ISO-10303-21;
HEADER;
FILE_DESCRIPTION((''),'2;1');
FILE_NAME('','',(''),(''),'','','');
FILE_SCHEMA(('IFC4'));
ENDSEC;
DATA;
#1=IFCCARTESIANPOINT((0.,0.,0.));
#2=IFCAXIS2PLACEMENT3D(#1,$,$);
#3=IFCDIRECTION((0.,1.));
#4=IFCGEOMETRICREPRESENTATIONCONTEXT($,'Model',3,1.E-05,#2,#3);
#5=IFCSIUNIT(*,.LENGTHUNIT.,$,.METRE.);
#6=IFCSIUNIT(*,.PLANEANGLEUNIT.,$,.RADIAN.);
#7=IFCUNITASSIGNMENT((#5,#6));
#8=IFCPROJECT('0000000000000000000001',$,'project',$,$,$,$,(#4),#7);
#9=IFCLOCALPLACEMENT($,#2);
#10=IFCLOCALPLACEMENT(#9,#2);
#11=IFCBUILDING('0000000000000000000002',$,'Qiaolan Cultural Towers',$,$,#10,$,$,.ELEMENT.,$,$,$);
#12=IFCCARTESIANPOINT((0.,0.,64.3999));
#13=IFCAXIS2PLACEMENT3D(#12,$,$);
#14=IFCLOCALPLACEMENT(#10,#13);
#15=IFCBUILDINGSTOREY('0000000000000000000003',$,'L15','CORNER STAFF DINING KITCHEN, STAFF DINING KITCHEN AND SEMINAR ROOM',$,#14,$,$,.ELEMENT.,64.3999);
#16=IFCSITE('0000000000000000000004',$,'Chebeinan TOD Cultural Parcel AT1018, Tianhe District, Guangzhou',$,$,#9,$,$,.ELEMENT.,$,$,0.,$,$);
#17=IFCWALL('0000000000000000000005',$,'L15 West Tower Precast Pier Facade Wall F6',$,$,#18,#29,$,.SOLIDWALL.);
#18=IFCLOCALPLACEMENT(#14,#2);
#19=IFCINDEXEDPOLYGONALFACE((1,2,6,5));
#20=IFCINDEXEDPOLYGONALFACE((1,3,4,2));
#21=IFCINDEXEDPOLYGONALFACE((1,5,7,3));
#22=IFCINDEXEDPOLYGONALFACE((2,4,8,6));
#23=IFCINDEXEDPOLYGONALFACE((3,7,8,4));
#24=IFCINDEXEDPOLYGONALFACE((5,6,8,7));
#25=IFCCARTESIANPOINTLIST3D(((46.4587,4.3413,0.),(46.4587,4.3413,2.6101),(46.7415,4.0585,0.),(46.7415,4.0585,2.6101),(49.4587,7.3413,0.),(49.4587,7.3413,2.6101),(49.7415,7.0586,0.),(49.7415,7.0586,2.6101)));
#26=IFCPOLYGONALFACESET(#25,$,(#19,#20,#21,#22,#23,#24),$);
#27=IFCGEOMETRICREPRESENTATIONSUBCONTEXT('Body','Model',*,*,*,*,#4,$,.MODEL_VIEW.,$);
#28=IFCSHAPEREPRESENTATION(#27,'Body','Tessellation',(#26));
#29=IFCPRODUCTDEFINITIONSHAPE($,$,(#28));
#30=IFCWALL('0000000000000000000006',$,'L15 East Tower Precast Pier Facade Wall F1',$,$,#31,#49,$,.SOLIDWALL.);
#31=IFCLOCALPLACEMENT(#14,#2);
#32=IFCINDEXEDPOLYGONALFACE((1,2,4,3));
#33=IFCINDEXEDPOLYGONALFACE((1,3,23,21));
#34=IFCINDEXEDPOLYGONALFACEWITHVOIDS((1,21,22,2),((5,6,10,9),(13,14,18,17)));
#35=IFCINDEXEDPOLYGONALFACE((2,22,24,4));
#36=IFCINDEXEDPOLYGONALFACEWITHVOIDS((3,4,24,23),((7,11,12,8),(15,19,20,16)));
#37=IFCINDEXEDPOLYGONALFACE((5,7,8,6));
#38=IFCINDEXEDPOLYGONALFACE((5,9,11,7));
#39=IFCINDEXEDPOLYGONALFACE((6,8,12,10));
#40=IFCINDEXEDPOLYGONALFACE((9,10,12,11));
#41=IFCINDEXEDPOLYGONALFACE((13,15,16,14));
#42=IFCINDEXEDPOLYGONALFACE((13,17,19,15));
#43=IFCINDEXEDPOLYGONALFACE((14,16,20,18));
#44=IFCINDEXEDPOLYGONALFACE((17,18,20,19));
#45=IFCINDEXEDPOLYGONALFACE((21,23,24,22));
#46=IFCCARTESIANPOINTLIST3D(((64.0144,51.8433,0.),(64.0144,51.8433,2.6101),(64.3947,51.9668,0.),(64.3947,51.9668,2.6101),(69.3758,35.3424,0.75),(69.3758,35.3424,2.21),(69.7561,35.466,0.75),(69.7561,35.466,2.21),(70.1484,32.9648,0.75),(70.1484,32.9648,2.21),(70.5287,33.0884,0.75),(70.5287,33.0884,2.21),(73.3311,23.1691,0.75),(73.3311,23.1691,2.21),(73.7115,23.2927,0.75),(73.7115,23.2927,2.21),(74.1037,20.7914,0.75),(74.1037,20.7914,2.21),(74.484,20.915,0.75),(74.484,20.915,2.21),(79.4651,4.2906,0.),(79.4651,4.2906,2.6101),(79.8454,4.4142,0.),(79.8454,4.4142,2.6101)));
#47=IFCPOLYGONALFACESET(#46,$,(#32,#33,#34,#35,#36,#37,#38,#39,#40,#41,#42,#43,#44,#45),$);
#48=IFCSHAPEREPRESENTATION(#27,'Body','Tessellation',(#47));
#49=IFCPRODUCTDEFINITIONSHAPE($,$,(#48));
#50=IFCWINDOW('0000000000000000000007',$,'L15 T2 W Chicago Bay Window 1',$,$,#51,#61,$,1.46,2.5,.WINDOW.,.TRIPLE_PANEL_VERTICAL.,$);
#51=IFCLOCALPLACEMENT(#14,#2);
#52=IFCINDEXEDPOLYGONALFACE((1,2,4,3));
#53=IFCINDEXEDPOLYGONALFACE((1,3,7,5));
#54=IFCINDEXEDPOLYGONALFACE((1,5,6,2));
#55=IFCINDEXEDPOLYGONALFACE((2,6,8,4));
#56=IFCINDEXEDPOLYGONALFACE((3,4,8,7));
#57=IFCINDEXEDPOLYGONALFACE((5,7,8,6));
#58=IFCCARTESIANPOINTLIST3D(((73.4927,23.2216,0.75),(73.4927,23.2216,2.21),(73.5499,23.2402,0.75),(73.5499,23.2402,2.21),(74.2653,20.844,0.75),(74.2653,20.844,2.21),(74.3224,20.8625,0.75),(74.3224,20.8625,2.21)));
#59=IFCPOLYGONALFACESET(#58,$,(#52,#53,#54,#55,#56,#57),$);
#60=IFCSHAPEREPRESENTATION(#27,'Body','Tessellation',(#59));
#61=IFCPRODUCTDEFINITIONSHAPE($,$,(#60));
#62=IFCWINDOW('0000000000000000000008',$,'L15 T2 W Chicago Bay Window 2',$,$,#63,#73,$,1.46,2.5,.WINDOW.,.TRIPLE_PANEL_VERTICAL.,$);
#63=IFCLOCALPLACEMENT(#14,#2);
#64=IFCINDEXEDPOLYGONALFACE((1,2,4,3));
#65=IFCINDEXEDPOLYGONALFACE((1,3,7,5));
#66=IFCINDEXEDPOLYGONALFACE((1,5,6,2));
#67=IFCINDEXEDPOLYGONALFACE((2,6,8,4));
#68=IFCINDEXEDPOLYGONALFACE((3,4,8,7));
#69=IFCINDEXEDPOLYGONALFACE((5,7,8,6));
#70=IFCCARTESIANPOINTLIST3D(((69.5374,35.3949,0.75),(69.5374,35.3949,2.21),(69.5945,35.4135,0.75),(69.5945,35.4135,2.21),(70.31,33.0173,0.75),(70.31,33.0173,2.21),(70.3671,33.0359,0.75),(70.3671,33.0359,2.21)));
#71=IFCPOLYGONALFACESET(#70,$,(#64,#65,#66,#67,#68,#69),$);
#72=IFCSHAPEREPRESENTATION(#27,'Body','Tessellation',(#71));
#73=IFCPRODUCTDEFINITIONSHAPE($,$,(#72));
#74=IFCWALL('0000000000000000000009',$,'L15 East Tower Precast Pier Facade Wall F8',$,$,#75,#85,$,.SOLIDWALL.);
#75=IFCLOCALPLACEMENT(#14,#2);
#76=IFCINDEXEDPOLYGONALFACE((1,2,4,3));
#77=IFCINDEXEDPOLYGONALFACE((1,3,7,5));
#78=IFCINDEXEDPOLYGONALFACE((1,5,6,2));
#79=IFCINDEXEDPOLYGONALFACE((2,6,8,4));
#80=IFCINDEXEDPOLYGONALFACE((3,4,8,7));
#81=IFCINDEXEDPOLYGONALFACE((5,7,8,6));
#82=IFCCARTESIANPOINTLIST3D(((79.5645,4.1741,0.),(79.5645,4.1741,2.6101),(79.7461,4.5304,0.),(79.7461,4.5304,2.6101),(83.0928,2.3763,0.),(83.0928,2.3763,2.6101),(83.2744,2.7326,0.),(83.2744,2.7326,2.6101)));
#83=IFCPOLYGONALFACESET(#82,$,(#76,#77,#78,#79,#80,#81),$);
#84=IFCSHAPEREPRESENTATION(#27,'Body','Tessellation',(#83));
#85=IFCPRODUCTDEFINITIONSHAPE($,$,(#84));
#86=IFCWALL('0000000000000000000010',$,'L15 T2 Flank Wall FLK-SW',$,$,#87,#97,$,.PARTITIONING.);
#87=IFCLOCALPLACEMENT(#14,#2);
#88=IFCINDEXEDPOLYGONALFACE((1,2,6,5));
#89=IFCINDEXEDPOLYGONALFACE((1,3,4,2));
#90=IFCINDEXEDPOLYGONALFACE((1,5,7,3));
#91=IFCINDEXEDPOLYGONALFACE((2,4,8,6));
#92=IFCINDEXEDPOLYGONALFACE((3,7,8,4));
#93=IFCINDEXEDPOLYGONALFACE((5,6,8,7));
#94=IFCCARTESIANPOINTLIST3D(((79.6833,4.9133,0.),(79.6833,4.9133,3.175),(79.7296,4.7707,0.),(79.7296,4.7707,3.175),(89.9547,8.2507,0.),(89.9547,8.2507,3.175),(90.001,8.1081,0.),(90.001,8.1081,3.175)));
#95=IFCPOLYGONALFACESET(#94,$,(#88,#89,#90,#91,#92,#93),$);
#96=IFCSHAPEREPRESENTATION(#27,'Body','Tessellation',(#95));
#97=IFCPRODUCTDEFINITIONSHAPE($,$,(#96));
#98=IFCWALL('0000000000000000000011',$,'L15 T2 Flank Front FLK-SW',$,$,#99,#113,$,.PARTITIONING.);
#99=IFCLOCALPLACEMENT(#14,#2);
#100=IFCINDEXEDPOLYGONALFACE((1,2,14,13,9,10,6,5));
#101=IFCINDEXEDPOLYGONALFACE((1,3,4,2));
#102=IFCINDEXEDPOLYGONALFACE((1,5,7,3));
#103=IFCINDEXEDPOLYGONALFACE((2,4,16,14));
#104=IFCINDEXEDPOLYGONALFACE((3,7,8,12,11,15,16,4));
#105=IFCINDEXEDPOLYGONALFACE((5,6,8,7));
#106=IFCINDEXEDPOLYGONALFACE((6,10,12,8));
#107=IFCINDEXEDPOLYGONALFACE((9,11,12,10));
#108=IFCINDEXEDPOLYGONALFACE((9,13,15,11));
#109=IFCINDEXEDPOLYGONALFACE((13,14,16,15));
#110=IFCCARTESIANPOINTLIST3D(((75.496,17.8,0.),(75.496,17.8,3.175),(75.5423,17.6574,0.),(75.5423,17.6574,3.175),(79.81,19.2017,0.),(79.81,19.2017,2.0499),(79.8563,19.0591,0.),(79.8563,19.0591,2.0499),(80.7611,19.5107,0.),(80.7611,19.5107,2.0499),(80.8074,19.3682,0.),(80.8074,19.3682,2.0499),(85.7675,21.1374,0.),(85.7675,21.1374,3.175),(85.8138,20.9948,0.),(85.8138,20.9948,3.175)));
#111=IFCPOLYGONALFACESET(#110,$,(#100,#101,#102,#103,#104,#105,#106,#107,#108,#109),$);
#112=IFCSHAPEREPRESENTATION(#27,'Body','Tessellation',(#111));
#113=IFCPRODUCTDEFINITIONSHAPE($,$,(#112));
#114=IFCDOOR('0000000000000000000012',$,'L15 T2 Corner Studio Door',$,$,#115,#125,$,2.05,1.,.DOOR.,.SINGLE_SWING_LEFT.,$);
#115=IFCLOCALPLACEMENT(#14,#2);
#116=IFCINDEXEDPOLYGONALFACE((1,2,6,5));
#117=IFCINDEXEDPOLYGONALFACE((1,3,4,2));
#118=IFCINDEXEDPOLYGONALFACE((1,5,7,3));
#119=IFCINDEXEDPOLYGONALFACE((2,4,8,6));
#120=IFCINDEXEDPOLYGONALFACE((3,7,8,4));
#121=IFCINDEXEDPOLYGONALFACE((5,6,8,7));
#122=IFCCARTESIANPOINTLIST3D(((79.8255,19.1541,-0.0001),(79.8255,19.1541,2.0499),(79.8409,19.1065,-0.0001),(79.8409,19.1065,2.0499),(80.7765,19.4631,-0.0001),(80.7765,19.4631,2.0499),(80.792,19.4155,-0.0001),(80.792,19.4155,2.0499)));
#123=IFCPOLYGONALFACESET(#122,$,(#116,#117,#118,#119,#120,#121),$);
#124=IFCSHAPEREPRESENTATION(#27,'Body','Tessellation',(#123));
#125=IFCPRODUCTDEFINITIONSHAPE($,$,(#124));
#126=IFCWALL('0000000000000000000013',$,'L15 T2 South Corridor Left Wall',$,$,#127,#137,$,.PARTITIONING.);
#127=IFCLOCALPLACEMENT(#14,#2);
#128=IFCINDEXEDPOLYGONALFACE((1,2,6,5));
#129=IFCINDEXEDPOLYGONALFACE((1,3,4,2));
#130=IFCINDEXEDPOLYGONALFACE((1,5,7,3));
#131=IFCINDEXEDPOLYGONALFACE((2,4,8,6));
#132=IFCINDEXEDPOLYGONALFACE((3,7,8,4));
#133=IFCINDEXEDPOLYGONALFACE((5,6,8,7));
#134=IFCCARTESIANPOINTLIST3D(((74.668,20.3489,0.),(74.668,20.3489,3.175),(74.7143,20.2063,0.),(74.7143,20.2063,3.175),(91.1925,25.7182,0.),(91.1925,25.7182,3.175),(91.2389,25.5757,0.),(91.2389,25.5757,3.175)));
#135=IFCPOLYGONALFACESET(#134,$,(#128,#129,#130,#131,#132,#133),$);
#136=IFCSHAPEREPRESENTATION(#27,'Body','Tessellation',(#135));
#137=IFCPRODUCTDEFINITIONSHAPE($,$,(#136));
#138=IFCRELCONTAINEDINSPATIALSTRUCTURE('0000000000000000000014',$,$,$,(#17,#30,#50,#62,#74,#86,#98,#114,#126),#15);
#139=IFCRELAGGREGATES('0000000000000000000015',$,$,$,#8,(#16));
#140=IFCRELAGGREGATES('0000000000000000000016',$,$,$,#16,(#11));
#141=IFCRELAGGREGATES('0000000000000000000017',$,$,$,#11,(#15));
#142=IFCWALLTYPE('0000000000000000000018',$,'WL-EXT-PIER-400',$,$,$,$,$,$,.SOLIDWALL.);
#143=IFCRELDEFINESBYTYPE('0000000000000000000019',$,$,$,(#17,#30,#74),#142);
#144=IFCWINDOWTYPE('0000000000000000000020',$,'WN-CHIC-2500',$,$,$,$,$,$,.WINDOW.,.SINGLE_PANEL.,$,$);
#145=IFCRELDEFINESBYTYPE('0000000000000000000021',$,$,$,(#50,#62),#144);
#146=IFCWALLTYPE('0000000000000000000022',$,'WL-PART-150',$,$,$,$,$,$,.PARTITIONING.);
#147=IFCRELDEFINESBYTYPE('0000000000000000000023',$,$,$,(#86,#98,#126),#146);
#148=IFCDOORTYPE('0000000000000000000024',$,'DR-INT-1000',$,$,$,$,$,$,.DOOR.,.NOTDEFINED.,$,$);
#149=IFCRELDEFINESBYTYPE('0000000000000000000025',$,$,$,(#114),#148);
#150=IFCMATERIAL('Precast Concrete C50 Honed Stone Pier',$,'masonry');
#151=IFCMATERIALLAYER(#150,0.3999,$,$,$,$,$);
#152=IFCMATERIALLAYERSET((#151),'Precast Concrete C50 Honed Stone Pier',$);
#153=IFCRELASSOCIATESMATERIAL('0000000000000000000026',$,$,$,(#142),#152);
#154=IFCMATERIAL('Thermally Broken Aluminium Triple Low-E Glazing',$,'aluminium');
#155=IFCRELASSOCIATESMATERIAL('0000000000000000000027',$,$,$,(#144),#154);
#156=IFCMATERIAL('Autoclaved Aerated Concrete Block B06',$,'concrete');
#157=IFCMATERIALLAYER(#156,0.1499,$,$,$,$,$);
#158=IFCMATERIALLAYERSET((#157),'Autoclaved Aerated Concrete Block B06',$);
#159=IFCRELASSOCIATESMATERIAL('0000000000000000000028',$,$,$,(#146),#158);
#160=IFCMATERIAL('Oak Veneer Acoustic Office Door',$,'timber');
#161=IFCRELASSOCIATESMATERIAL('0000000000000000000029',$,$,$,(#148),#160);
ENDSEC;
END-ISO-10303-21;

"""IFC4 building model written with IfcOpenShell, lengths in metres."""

from ifc_helpers import new_model, si_unit, direction, frame, frame_2d, origin, place, context, subcontext, project, spatial, rectangle, extrude, material, layer, layer_set, type_object, element, fill, save


model = new_model("IFC4")

# Units and contexts
model_context = context("Model", 3, precision=1e-05, world=origin(), true_north=direction((0.0, 1.0)))
body_context = subcontext(model_context, "Body", "Model", "MODEL_VIEW")
ifc_project = project(units=[si_unit("LENGTHUNIT", "METRE"), si_unit("PLANEANGLEUNIT", "RADIAN")], contexts=[model_context])

# Site, building, storey
site_placement = place(None, origin())
site = spatial("IfcSite", under=ifc_project, at=site_placement, Name="Chebeinan TOD Cultural Parcel AT1018, Tianhe District, Guangzhou", CompositionType="ELEMENT", RefElevation=0.0)
building_placement = place(site_placement, origin())
building = spatial("IfcBuilding", under=site, at=building_placement, Name="Qiaolan Cultural Towers", CompositionType="ELEMENT")
storey_placement = place(building_placement, frame((0.0, 0.0, 64.3999)))
storey = spatial("IfcBuildingStorey", under=building, at=storey_placement, Name="L15", Description="CORNER STAFF DINING KITCHEN, STAFF DINING KITCHEN AND SEMINAR ROOM", CompositionType="ELEMENT", Elevation=64.3999)

# Wall
ifc_material_1 = material(Name="Precast Concrete C50 Honed Stone Pier", Category="masonry")
ifc_layer_1 = layer(ifc_material_1, 0.3999)
ifc_layer_set_1 = layer_set([ifc_layer_1], Name="Precast Concrete C50 Honed Stone Pier")
wall_type_1 = type_object("IfcWallType", Name="WL-EXT-PIER-400", PredefinedType="SOLIDWALL", material=ifc_layer_set_1)
wall_1_placement = place(storey_placement, frame((49.6001, 7.2, 0.0), z_axis=(0.0, 0.0, 1.0), x_axis=(-0.707107, -0.707107, 0.0)))
element("IfcWall", 1, at=wall_1_placement, inside=storey, type_object=wall_type_1, Name="L15 West Tower Precast Pier Facade Wall F6", PredefinedType="SOLIDWALL", context=body_context, shape_type="SweptSolid", body=[
    extrude(rectangle(XDim=4.2427, YDim=0.3999, at=frame_2d((2.1213, 0.0))), origin(), (0.0, 0.0, 1.0), 2.6101),
])

# Wall, openings, windows
wall_2_placement = place(storey_placement, frame((79.6553, 4.3523, 0.0), z_axis=(0.0, 0.0, 1.0), x_axis=(-0.309015, 0.951057, 0.0)))
wall_2 = element("IfcWall", 2, at=wall_2_placement, inside=storey, type_object=wall_type_1, Name="L15 East Tower Precast Pier Facade Wall F1", PredefinedType="SOLIDWALL", context=body_context, shape_type="SweptSolid", body=[
    extrude(rectangle(XDim=49.9998, YDim=0.3999, at=frame_2d((25.0, 0.0))), origin(), (0.0, 0.0, 1.0), 2.6101),
])
opening_1_placement = place(wall_2_placement, frame((17.3501, 0.0, 0.75)))
opening_1 = element("IfcOpeningElement", 3, at=opening_1_placement, cuts=wall_2, PredefinedType="OPENING", context=body_context, shape_type="SweptSolid", body=[
    extrude(rectangle(XDim=2.5, YDim=1.46, at=frame_2d((1.25, 0.73))), frame((0.0, 0.21, 0.0), z_axis=(0.0, -1.0, 0.0), x_axis=(1.0, 0.0, 0.0)), (0.0, 0.0, 1.0), 0.4199),
])
opening_2_placement = place(wall_2_placement, frame((30.1499, 0.0, 0.75)))
opening_2 = element("IfcOpeningElement", 4, at=opening_2_placement, cuts=wall_2, PredefinedType="OPENING", context=body_context, shape_type="SweptSolid", body=[
    extrude(rectangle(XDim=2.5, YDim=1.46, at=frame_2d((1.25, 0.73))), frame((0.0, 0.21, 0.0), z_axis=(0.0, -1.0, 0.0), x_axis=(1.0, 0.0, 0.0)), (0.0, 0.0, 1.0), 0.4199),
])
ifc_material_2 = material(Name="Thermally Broken Aluminium Triple Low-E Glazing", Category="aluminium")
window_type = type_object("IfcWindowType", Name="WN-CHIC-2500", PartitioningType="SINGLE_PANEL", PredefinedType="WINDOW", material=ifc_material_2)
window_1_placement = place(opening_1_placement, origin())
window_1 = element("IfcWindow", 5, at=window_1_placement, inside=storey, type_object=window_type, Name="L15 T2 W Chicago Bay Window 1", OverallHeight=1.46, OverallWidth=2.5, PartitioningType="TRIPLE_PANEL_VERTICAL", PredefinedType="WINDOW", context=body_context, shape_type="SweptSolid", body=[
    extrude(rectangle(XDim=2.5, YDim=1.46, at=frame_2d((1.25, 0.73))), frame((0.0, 0.03, 0.0), z_axis=(0.0, -1.0, 0.0), x_axis=(1.0, 0.0, 0.0)), (0.0, 0.0, 1.0), 0.0601),
])
fill(opening_1, window_1)
window_2_placement = place(opening_2_placement, origin())
window_2 = element("IfcWindow", 6, at=window_2_placement, inside=storey, type_object=window_type, Name="L15 T2 W Chicago Bay Window 2", OverallHeight=1.46, OverallWidth=2.5, PartitioningType="TRIPLE_PANEL_VERTICAL", PredefinedType="WINDOW", context=body_context, shape_type="SweptSolid", body=[
    extrude(rectangle(XDim=2.5, YDim=1.46, at=frame_2d((1.25, 0.73))), frame((0.0, 0.03, 0.0), z_axis=(0.0, -1.0, 0.0), x_axis=(1.0, 0.0, 0.0)), (0.0, 0.0, 1.0), 0.0601),
])
fill(opening_2, window_2)

# Walls
wall_3_placement = place(storey_placement, frame((83.1836, 2.5544, 0.0), z_axis=(0.0, 0.0, 1.0), x_axis=(-0.890998, 0.454007, 0.0)))
element("IfcWall", 7, at=wall_3_placement, inside=storey, type_object=wall_type_1, Name="L15 East Tower Precast Pier Facade Wall F8", PredefinedType="SOLIDWALL", context=body_context, shape_type="SweptSolid", body=[
    extrude(rectangle(XDim=3.96, YDim=0.3999, at=frame_2d((1.98, 0.0))), origin(), (0.0, 0.0, 1.0), 2.6101),
])
ifc_material_3 = material(Name="Autoclaved Aerated Concrete Block B06", Category="concrete")
ifc_layer_2 = layer(ifc_material_3, 0.1499)
ifc_layer_set_2 = layer_set([ifc_layer_2], Name="Autoclaved Aerated Concrete Block B06")
wall_type_2 = type_object("IfcWallType", Name="WL-PART-150", PredefinedType="PARTITIONING", material=ifc_layer_set_2)
wall_4_placement = place(storey_placement, frame((79.7065, 4.842, 0.0), z_axis=(0.0, 0.0, 1.0), x_axis=(0.951057, 0.309017, 0.0)))
element("IfcWall", 8, at=wall_4_placement, inside=storey, type_object=wall_type_2, Name="L15 T2 Flank Wall FLK-SW", PredefinedType="PARTITIONING", context=body_context, shape_type="SweptSolid", body=[
    extrude(rectangle(XDim=10.8, YDim=0.1499, at=frame_2d((5.3999, 0.0))), origin(), (0.0, 0.0, 1.0), 3.175),
])

# Wall, opening, door
wall_5_placement = place(storey_placement, frame((75.5193, 17.7288, 0.0), z_axis=(0.0, 0.0, 1.0), x_axis=(0.951057, 0.309017, 0.0)))
wall_5 = element("IfcWall", 9, at=wall_5_placement, inside=storey, type_object=wall_type_2, Name="L15 T2 Flank Front FLK-SW", PredefinedType="PARTITIONING", context=body_context, shape_type="SweptSolid", body=[
    extrude(rectangle(XDim=10.8, YDim=0.1499, at=frame_2d((5.3999, 0.0))), origin(), (0.0, 0.0, 1.0), 3.175),
])
opening_3_placement = place(wall_5_placement, frame((4.5359, 0.0, 0.0)))
opening_3 = element("IfcOpeningElement", 10, at=opening_3_placement, cuts=wall_5, PredefinedType="OPENING", context=body_context, shape_type="SweptSolid", body=[
    extrude(rectangle(XDim=1.0, YDim=2.05, at=frame_2d((0.5, 1.0249))), frame((0.0, 0.085, 0.0), z_axis=(0.0, -1.0, 0.0), x_axis=(1.0, 0.0, 0.0)), (0.0, 0.0, 1.0), 0.1699),
])
ifc_material_4 = material(Name="Oak Veneer Acoustic Office Door", Category="timber")
door_type = type_object("IfcDoorType", Name="DR-INT-1000", OperationType="NOTDEFINED", PredefinedType="DOOR", material=ifc_material_4)
door_placement = place(opening_3_placement, origin())
door = element("IfcDoor", 11, at=door_placement, inside=storey, type_object=door_type, Name="L15 T2 Corner Studio Door", OperationType="SINGLE_SWING_LEFT", OverallHeight=2.05, OverallWidth=1.0, PredefinedType="DOOR", context=body_context, shape_type="SweptSolid", body=[
    extrude(rectangle(XDim=1.0, YDim=2.05, at=frame_2d((0.5, 1.0249))), frame((0.0, 0.0249, 0.0), z_axis=(0.0, -1.0, 0.0), x_axis=(1.0, 0.0, 0.0)), (0.0, 0.0, 1.0), 0.05),
])
fill(opening_3, door)

# Wall
wall_6_placement = place(storey_placement, frame((74.6912, 20.2776, 0.0), z_axis=(0.0, 0.0, 1.0), x_axis=(0.951053, 0.309027, 0.0)))
element("IfcWall", 12, at=wall_6_placement, inside=storey, type_object=wall_type_2, Name="L15 T2 South Corridor Left Wall", PredefinedType="PARTITIONING", context=body_context, shape_type="SweptSolid", body=[
    extrude(rectangle(XDim=17.375, YDim=0.1499, at=frame_2d((8.6875, 0.0))), origin(), (0.0, 0.0, 1.0), 3.175),
])

save(model, "model.ifc")
